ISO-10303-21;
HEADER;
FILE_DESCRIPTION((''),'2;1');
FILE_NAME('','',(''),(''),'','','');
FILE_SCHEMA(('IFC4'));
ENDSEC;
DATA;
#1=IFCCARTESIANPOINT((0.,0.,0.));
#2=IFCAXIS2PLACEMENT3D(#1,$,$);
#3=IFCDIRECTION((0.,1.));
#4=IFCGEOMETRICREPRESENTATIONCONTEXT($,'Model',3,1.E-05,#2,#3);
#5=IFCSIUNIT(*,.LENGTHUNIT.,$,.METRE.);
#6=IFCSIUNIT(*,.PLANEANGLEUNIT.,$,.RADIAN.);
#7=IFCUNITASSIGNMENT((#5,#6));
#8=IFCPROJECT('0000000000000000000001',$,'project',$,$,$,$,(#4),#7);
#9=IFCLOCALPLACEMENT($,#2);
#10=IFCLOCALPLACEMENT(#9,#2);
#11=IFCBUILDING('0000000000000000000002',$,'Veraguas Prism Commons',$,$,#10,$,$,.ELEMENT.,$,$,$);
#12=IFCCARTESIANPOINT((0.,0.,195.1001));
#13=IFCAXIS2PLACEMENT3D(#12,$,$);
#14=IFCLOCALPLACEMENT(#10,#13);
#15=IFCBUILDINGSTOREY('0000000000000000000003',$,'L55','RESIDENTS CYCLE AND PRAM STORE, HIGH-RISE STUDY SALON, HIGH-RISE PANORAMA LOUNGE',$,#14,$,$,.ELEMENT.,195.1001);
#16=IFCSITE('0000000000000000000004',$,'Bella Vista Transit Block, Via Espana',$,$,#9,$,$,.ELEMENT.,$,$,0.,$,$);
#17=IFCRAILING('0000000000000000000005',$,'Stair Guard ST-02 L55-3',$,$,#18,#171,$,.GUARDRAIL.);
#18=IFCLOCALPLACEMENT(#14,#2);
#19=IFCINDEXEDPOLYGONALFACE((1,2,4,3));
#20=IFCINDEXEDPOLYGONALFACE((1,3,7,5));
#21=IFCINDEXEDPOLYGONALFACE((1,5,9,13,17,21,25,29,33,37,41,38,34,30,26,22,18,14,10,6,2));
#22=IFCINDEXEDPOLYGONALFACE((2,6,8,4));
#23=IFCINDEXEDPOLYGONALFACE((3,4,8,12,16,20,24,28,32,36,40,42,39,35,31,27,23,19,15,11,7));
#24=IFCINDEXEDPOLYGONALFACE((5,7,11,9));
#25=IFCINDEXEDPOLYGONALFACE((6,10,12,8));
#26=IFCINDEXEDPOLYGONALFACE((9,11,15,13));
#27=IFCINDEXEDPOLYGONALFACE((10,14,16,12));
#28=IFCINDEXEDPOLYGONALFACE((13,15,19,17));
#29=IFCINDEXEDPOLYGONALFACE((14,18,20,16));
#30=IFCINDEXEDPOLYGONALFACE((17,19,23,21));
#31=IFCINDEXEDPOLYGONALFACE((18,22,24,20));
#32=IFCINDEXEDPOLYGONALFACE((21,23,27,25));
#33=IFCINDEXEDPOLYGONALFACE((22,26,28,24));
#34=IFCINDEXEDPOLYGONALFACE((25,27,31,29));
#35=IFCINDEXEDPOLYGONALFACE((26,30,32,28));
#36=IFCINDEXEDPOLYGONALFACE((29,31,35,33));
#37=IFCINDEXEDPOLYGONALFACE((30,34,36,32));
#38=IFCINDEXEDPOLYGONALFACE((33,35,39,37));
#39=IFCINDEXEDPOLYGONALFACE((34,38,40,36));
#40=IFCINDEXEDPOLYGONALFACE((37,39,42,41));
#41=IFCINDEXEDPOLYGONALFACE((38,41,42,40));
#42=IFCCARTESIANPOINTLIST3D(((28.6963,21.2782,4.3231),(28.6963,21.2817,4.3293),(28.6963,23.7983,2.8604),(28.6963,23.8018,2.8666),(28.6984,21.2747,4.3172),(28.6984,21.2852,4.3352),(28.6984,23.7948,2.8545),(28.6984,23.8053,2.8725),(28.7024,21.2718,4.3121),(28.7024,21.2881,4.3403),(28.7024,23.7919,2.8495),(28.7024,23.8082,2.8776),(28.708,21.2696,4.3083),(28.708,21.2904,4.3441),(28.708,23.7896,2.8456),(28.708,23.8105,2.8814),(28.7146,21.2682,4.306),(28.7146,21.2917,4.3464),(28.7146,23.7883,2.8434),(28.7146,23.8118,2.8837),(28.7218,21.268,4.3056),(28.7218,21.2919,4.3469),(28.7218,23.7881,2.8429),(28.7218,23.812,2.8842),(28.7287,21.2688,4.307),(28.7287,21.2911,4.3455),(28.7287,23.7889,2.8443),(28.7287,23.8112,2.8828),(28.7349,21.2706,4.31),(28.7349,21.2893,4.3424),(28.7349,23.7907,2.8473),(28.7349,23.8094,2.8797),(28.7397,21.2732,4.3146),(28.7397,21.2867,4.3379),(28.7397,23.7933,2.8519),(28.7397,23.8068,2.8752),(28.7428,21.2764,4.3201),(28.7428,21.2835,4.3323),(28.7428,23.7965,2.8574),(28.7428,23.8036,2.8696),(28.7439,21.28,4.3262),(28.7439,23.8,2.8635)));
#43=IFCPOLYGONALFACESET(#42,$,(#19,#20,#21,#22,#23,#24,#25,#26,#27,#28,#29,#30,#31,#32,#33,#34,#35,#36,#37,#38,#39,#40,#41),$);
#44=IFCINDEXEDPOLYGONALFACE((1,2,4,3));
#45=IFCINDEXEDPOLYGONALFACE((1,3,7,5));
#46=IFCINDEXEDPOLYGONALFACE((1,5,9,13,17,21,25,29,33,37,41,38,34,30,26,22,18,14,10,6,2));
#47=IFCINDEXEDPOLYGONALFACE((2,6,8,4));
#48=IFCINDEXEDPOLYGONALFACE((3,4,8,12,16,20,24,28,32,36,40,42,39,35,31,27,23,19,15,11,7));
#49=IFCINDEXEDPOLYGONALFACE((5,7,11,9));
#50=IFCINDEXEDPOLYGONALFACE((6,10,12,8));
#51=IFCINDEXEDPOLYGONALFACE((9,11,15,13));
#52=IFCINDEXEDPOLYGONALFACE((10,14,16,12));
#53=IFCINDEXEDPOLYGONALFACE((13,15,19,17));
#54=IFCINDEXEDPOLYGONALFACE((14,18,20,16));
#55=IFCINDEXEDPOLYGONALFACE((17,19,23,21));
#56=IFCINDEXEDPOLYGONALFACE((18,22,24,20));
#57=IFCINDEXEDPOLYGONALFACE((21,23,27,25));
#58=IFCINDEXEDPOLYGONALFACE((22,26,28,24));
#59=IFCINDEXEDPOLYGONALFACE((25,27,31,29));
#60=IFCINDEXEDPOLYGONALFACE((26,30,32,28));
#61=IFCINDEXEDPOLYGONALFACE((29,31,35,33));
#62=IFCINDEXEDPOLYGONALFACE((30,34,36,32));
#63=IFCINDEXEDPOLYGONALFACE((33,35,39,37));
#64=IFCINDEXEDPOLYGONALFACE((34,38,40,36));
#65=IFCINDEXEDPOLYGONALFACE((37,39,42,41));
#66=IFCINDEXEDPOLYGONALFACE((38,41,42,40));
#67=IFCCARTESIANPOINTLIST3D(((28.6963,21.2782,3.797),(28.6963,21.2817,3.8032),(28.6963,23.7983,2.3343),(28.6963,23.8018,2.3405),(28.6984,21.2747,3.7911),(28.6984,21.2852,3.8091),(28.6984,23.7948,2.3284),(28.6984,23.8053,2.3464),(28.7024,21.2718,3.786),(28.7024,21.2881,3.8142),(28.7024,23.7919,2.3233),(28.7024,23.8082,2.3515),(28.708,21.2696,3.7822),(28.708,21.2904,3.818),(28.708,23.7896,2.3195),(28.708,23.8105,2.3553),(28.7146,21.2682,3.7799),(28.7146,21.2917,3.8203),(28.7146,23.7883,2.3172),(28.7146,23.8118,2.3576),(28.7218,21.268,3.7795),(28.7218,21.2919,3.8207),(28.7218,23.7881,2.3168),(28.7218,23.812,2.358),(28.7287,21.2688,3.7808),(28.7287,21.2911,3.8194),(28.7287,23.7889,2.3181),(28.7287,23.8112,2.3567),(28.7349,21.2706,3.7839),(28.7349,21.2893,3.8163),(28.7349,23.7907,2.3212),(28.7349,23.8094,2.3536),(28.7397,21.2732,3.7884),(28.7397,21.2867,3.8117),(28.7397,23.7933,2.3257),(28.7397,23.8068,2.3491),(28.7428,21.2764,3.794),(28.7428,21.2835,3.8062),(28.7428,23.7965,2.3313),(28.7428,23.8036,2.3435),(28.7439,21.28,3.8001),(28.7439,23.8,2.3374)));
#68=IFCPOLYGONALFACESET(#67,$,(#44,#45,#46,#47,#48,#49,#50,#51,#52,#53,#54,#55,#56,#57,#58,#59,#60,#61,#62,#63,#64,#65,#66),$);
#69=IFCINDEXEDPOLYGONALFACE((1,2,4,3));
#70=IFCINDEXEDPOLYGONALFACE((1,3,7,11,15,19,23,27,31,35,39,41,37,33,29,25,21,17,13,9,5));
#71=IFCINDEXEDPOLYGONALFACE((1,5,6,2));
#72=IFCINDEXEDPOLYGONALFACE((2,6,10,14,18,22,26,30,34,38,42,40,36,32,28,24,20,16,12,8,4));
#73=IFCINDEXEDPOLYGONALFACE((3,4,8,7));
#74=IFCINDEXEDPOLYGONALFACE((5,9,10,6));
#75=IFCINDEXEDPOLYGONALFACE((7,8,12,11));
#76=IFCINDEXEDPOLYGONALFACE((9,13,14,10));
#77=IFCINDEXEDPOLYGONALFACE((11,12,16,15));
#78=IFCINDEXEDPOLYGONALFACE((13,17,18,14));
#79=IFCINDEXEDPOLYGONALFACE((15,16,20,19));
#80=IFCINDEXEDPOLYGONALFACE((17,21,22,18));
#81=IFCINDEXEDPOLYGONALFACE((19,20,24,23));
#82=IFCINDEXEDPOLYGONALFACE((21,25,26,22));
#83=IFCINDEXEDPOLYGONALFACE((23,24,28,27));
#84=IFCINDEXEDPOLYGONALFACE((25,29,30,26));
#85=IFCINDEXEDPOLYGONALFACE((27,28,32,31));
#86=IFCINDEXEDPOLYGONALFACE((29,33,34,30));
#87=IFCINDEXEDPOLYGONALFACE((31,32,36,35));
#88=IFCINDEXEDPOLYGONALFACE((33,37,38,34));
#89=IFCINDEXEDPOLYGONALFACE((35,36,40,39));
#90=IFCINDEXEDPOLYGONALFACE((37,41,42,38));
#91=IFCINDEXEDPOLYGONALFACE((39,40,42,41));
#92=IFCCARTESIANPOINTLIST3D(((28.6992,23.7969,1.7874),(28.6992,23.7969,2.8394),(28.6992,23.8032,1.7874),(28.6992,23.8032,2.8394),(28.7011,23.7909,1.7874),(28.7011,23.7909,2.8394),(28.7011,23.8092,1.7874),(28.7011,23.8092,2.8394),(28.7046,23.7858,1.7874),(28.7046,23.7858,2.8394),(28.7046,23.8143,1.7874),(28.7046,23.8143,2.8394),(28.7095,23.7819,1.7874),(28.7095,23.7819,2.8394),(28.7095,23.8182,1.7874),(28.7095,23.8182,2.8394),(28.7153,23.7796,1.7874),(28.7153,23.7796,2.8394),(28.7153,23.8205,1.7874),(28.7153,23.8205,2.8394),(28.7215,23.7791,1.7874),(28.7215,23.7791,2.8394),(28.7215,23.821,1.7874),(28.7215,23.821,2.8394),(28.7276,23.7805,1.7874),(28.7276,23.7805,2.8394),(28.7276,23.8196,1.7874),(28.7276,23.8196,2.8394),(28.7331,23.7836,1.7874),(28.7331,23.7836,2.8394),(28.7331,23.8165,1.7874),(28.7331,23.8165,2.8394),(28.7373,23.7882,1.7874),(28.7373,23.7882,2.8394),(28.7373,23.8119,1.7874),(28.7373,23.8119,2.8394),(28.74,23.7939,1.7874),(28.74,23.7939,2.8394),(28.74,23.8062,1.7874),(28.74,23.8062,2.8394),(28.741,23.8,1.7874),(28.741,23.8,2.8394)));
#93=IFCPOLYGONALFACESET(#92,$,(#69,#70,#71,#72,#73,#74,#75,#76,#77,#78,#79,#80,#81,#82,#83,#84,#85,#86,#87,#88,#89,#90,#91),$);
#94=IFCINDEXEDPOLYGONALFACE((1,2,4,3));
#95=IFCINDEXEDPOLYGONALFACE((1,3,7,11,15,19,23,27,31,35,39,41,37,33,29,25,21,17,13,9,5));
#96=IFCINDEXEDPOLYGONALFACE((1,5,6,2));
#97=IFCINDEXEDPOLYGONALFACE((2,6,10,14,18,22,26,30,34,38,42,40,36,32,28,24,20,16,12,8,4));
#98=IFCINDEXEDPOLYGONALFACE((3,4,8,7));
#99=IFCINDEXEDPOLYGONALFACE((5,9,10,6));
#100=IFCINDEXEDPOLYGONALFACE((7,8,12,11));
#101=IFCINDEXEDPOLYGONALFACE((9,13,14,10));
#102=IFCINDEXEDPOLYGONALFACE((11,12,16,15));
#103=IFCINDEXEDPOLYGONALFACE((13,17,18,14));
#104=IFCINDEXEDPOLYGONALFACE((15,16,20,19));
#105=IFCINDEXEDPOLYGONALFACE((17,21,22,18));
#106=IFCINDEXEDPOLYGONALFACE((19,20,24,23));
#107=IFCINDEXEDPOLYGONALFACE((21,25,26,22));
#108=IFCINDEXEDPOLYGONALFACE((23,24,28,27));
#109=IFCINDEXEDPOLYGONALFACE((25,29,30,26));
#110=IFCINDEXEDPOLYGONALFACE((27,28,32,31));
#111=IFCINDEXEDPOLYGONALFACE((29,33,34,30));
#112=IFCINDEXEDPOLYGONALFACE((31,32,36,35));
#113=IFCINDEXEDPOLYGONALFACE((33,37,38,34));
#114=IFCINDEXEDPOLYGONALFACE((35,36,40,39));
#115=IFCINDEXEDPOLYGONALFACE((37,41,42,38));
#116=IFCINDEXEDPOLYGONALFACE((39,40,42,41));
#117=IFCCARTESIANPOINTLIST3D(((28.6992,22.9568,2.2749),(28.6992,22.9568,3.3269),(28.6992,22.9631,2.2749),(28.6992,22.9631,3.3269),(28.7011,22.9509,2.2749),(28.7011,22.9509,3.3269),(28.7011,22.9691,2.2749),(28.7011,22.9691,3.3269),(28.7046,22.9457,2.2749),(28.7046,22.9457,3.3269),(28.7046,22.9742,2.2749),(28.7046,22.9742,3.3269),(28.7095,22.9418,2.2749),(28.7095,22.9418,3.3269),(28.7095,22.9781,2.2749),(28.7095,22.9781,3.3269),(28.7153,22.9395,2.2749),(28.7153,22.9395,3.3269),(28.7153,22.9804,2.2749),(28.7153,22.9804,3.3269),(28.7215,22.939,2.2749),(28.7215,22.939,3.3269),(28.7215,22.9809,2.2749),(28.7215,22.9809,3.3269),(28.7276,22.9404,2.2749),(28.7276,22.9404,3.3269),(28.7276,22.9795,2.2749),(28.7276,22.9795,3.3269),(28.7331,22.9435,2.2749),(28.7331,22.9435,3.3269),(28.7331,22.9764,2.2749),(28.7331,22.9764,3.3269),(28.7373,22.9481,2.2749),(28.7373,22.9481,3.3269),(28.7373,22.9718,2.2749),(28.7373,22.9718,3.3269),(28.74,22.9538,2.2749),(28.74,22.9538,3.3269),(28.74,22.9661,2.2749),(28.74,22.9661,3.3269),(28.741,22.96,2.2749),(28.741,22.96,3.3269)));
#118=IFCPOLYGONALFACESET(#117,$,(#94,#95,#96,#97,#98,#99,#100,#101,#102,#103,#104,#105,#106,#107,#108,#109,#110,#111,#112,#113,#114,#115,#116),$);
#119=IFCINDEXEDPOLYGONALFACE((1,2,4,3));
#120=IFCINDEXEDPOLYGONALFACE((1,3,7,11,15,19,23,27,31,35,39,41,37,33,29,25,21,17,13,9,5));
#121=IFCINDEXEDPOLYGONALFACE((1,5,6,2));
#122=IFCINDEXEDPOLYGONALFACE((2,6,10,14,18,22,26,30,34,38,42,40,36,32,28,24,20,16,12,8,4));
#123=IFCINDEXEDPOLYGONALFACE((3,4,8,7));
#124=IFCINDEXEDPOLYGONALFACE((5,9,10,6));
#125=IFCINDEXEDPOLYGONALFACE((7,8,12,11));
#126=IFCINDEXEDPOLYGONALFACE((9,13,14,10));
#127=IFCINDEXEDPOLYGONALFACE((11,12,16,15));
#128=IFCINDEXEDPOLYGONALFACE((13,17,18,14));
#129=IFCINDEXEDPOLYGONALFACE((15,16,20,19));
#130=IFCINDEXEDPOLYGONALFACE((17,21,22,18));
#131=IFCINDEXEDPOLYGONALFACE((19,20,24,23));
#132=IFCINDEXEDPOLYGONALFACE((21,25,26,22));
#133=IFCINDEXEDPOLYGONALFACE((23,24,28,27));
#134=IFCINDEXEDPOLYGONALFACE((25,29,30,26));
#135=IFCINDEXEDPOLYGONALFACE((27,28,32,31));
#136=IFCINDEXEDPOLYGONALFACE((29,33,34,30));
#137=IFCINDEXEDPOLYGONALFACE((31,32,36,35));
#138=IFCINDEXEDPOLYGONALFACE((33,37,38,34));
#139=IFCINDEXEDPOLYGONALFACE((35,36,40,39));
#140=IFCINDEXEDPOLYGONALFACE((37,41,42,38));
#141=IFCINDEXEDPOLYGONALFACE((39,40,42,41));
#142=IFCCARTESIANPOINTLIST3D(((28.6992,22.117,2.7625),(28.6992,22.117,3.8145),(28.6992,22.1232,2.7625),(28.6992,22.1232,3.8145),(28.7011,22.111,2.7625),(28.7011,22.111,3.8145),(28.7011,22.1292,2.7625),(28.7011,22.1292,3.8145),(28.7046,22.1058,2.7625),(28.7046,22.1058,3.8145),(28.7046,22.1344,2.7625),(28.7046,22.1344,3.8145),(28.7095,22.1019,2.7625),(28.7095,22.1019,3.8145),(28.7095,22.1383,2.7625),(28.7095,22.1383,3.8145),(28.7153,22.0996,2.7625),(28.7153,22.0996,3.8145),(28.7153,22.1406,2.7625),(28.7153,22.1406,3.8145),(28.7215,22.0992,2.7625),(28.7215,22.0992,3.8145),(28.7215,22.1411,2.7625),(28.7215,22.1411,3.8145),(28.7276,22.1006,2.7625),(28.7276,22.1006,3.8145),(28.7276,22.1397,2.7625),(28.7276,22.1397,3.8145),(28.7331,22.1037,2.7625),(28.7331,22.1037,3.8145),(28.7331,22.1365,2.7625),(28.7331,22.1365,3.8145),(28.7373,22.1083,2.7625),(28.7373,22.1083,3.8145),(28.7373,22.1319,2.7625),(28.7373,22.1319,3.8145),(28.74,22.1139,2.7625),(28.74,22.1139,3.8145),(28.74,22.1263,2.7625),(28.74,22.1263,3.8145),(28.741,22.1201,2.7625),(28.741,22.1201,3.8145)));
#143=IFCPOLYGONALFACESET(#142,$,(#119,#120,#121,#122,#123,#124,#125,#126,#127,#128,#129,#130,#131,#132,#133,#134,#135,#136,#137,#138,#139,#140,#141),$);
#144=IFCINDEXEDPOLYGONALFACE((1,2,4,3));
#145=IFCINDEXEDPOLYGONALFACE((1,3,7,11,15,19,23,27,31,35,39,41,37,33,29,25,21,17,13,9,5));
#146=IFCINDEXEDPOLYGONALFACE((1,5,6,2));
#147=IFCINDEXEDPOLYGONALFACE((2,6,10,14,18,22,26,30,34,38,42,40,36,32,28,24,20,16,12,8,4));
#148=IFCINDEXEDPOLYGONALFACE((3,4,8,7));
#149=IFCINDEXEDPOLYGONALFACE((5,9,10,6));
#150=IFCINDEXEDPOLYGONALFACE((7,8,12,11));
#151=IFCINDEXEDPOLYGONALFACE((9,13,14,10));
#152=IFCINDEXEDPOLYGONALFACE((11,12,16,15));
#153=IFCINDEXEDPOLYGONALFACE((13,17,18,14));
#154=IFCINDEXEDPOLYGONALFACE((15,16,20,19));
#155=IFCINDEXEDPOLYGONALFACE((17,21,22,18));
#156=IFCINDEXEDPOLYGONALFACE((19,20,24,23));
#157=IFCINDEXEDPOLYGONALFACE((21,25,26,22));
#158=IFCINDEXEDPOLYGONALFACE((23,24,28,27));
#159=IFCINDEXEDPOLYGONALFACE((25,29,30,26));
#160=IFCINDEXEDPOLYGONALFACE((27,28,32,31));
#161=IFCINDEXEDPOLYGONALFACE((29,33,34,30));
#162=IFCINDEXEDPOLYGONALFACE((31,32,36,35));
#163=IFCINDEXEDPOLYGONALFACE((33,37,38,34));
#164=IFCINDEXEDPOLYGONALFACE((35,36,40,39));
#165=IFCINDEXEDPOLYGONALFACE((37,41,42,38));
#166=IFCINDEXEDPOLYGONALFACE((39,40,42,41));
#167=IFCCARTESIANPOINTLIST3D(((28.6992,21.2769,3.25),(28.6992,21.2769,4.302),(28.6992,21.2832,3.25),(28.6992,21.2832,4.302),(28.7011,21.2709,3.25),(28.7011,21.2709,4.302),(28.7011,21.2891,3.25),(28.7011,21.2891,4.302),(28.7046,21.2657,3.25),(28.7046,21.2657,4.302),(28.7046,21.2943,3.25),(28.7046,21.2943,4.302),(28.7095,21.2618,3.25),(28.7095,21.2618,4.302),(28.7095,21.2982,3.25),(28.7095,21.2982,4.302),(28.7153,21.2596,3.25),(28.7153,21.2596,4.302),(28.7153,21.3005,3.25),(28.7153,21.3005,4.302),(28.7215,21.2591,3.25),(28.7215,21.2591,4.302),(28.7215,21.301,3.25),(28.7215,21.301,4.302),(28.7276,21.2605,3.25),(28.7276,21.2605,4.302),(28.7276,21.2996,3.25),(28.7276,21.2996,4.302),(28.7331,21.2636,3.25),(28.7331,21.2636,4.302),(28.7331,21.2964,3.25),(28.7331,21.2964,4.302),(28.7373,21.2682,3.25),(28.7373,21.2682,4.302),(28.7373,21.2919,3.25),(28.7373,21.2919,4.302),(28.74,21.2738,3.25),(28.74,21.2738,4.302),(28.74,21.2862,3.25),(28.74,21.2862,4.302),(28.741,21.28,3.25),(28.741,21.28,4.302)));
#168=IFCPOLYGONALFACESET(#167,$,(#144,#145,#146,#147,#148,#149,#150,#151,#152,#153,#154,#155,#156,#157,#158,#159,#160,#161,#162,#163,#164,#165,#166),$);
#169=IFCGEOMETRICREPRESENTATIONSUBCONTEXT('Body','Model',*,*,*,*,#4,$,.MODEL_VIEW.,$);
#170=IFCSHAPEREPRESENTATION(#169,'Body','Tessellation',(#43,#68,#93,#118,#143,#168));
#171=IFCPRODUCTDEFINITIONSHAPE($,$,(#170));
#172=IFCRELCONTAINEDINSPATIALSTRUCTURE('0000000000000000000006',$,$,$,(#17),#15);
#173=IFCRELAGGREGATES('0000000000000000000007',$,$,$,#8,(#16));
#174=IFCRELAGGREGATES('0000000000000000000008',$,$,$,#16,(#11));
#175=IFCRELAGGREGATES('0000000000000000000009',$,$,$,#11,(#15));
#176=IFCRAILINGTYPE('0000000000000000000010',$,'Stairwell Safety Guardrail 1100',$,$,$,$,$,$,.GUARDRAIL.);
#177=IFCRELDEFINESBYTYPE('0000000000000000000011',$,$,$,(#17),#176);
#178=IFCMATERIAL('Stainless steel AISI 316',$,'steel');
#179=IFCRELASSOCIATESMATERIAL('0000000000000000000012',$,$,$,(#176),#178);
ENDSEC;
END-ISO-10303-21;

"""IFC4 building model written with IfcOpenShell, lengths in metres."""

from ifc_helpers import new_model, si_unit, direction, frame, origin, origin_2d, place, context, subcontext, project, spatial, circle, extrude, material, type_object, element, save


model = new_model("IFC4")

# Units and contexts
model_context = context("Model", 3, precision=1e-05, world=origin(), true_north=direction((0.0, 1.0)))
body_context = subcontext(model_context, "Body", "Model", "MODEL_VIEW")
ifc_project = project(units=[si_unit("LENGTHUNIT", "METRE"), si_unit("PLANEANGLEUNIT", "RADIAN")], contexts=[model_context])

# Site, building, storey
site_placement = place(None, origin())
site = spatial("IfcSite", under=ifc_project, at=site_placement, Name="Bella Vista Transit Block, Via Espana", CompositionType="ELEMENT", RefElevation=0.0)
building_placement = place(site_placement, origin())
building = spatial("IfcBuilding", under=site, at=building_placement, Name="Veraguas Prism Commons", CompositionType="ELEMENT")
storey_placement = place(building_placement, frame((0.0, 0.0, 195.1001)))
storey = spatial("IfcBuildingStorey", under=building, at=storey_placement, Name="L55", Description="RESIDENTS CYCLE AND PRAM STORE, HIGH-RISE STUDY SALON, HIGH-RISE PANORAMA LOUNGE", CompositionType="ELEMENT", Elevation=195.1001)

# Railing
ifc_material_1 = material(Name="Stainless steel AISI 316", Category="steel")
railing_type_1 = type_object("IfcRailingType", Name="Stairwell Safety Guardrail 1100", PredefinedType="GUARDRAIL", material=ifc_material_1)
railing_1_placement = place(storey_placement, frame((28.72, 23.8, 1.7874)))
element("IfcRailing", 1, at=railing_1_placement, inside=storey, type_object=railing_type_1, Name="Stair Guard ST-02 L55-3", PredefinedType="GUARDRAIL", context=body_context, shape_type="SweptSolid", body=[
    extrude(circle(Radius=0.0239, at=origin_2d()), frame((0.0, 0.0, 1.0762), z_axis=(0.0, -0.864877, 0.501984), x_axis=(1.0, 0.0, 0.0)), (0.0, 0.0, 1.0), 2.9138),
    extrude(circle(Radius=0.0239, at=origin_2d()), frame((0.0, 0.0, 0.55), z_axis=(0.0, -0.864877, 0.501984), x_axis=(1.0, 0.0, 0.0)), (0.0, 0.0, 1.0), 2.9138),
    extrude(circle(Radius=0.021, at=origin_2d()), origin(), (0.0, 0.0, 1.0), 1.052),
    extrude(circle(Radius=0.021, at=origin_2d()), frame((0.0, -0.8401, 0.4875)), (0.0, 0.0, 1.0), 1.052),
    extrude(circle(Radius=0.021, at=origin_2d()), frame((0.0, -1.6799, 0.9751)), (0.0, 0.0, 1.0), 1.052),
    extrude(circle(Radius=0.021, at=origin_2d()), frame((0.0, -2.52, 1.4626)), (0.0, 0.0, 1.0), 1.052),
])

save(model, "model.ifc")
